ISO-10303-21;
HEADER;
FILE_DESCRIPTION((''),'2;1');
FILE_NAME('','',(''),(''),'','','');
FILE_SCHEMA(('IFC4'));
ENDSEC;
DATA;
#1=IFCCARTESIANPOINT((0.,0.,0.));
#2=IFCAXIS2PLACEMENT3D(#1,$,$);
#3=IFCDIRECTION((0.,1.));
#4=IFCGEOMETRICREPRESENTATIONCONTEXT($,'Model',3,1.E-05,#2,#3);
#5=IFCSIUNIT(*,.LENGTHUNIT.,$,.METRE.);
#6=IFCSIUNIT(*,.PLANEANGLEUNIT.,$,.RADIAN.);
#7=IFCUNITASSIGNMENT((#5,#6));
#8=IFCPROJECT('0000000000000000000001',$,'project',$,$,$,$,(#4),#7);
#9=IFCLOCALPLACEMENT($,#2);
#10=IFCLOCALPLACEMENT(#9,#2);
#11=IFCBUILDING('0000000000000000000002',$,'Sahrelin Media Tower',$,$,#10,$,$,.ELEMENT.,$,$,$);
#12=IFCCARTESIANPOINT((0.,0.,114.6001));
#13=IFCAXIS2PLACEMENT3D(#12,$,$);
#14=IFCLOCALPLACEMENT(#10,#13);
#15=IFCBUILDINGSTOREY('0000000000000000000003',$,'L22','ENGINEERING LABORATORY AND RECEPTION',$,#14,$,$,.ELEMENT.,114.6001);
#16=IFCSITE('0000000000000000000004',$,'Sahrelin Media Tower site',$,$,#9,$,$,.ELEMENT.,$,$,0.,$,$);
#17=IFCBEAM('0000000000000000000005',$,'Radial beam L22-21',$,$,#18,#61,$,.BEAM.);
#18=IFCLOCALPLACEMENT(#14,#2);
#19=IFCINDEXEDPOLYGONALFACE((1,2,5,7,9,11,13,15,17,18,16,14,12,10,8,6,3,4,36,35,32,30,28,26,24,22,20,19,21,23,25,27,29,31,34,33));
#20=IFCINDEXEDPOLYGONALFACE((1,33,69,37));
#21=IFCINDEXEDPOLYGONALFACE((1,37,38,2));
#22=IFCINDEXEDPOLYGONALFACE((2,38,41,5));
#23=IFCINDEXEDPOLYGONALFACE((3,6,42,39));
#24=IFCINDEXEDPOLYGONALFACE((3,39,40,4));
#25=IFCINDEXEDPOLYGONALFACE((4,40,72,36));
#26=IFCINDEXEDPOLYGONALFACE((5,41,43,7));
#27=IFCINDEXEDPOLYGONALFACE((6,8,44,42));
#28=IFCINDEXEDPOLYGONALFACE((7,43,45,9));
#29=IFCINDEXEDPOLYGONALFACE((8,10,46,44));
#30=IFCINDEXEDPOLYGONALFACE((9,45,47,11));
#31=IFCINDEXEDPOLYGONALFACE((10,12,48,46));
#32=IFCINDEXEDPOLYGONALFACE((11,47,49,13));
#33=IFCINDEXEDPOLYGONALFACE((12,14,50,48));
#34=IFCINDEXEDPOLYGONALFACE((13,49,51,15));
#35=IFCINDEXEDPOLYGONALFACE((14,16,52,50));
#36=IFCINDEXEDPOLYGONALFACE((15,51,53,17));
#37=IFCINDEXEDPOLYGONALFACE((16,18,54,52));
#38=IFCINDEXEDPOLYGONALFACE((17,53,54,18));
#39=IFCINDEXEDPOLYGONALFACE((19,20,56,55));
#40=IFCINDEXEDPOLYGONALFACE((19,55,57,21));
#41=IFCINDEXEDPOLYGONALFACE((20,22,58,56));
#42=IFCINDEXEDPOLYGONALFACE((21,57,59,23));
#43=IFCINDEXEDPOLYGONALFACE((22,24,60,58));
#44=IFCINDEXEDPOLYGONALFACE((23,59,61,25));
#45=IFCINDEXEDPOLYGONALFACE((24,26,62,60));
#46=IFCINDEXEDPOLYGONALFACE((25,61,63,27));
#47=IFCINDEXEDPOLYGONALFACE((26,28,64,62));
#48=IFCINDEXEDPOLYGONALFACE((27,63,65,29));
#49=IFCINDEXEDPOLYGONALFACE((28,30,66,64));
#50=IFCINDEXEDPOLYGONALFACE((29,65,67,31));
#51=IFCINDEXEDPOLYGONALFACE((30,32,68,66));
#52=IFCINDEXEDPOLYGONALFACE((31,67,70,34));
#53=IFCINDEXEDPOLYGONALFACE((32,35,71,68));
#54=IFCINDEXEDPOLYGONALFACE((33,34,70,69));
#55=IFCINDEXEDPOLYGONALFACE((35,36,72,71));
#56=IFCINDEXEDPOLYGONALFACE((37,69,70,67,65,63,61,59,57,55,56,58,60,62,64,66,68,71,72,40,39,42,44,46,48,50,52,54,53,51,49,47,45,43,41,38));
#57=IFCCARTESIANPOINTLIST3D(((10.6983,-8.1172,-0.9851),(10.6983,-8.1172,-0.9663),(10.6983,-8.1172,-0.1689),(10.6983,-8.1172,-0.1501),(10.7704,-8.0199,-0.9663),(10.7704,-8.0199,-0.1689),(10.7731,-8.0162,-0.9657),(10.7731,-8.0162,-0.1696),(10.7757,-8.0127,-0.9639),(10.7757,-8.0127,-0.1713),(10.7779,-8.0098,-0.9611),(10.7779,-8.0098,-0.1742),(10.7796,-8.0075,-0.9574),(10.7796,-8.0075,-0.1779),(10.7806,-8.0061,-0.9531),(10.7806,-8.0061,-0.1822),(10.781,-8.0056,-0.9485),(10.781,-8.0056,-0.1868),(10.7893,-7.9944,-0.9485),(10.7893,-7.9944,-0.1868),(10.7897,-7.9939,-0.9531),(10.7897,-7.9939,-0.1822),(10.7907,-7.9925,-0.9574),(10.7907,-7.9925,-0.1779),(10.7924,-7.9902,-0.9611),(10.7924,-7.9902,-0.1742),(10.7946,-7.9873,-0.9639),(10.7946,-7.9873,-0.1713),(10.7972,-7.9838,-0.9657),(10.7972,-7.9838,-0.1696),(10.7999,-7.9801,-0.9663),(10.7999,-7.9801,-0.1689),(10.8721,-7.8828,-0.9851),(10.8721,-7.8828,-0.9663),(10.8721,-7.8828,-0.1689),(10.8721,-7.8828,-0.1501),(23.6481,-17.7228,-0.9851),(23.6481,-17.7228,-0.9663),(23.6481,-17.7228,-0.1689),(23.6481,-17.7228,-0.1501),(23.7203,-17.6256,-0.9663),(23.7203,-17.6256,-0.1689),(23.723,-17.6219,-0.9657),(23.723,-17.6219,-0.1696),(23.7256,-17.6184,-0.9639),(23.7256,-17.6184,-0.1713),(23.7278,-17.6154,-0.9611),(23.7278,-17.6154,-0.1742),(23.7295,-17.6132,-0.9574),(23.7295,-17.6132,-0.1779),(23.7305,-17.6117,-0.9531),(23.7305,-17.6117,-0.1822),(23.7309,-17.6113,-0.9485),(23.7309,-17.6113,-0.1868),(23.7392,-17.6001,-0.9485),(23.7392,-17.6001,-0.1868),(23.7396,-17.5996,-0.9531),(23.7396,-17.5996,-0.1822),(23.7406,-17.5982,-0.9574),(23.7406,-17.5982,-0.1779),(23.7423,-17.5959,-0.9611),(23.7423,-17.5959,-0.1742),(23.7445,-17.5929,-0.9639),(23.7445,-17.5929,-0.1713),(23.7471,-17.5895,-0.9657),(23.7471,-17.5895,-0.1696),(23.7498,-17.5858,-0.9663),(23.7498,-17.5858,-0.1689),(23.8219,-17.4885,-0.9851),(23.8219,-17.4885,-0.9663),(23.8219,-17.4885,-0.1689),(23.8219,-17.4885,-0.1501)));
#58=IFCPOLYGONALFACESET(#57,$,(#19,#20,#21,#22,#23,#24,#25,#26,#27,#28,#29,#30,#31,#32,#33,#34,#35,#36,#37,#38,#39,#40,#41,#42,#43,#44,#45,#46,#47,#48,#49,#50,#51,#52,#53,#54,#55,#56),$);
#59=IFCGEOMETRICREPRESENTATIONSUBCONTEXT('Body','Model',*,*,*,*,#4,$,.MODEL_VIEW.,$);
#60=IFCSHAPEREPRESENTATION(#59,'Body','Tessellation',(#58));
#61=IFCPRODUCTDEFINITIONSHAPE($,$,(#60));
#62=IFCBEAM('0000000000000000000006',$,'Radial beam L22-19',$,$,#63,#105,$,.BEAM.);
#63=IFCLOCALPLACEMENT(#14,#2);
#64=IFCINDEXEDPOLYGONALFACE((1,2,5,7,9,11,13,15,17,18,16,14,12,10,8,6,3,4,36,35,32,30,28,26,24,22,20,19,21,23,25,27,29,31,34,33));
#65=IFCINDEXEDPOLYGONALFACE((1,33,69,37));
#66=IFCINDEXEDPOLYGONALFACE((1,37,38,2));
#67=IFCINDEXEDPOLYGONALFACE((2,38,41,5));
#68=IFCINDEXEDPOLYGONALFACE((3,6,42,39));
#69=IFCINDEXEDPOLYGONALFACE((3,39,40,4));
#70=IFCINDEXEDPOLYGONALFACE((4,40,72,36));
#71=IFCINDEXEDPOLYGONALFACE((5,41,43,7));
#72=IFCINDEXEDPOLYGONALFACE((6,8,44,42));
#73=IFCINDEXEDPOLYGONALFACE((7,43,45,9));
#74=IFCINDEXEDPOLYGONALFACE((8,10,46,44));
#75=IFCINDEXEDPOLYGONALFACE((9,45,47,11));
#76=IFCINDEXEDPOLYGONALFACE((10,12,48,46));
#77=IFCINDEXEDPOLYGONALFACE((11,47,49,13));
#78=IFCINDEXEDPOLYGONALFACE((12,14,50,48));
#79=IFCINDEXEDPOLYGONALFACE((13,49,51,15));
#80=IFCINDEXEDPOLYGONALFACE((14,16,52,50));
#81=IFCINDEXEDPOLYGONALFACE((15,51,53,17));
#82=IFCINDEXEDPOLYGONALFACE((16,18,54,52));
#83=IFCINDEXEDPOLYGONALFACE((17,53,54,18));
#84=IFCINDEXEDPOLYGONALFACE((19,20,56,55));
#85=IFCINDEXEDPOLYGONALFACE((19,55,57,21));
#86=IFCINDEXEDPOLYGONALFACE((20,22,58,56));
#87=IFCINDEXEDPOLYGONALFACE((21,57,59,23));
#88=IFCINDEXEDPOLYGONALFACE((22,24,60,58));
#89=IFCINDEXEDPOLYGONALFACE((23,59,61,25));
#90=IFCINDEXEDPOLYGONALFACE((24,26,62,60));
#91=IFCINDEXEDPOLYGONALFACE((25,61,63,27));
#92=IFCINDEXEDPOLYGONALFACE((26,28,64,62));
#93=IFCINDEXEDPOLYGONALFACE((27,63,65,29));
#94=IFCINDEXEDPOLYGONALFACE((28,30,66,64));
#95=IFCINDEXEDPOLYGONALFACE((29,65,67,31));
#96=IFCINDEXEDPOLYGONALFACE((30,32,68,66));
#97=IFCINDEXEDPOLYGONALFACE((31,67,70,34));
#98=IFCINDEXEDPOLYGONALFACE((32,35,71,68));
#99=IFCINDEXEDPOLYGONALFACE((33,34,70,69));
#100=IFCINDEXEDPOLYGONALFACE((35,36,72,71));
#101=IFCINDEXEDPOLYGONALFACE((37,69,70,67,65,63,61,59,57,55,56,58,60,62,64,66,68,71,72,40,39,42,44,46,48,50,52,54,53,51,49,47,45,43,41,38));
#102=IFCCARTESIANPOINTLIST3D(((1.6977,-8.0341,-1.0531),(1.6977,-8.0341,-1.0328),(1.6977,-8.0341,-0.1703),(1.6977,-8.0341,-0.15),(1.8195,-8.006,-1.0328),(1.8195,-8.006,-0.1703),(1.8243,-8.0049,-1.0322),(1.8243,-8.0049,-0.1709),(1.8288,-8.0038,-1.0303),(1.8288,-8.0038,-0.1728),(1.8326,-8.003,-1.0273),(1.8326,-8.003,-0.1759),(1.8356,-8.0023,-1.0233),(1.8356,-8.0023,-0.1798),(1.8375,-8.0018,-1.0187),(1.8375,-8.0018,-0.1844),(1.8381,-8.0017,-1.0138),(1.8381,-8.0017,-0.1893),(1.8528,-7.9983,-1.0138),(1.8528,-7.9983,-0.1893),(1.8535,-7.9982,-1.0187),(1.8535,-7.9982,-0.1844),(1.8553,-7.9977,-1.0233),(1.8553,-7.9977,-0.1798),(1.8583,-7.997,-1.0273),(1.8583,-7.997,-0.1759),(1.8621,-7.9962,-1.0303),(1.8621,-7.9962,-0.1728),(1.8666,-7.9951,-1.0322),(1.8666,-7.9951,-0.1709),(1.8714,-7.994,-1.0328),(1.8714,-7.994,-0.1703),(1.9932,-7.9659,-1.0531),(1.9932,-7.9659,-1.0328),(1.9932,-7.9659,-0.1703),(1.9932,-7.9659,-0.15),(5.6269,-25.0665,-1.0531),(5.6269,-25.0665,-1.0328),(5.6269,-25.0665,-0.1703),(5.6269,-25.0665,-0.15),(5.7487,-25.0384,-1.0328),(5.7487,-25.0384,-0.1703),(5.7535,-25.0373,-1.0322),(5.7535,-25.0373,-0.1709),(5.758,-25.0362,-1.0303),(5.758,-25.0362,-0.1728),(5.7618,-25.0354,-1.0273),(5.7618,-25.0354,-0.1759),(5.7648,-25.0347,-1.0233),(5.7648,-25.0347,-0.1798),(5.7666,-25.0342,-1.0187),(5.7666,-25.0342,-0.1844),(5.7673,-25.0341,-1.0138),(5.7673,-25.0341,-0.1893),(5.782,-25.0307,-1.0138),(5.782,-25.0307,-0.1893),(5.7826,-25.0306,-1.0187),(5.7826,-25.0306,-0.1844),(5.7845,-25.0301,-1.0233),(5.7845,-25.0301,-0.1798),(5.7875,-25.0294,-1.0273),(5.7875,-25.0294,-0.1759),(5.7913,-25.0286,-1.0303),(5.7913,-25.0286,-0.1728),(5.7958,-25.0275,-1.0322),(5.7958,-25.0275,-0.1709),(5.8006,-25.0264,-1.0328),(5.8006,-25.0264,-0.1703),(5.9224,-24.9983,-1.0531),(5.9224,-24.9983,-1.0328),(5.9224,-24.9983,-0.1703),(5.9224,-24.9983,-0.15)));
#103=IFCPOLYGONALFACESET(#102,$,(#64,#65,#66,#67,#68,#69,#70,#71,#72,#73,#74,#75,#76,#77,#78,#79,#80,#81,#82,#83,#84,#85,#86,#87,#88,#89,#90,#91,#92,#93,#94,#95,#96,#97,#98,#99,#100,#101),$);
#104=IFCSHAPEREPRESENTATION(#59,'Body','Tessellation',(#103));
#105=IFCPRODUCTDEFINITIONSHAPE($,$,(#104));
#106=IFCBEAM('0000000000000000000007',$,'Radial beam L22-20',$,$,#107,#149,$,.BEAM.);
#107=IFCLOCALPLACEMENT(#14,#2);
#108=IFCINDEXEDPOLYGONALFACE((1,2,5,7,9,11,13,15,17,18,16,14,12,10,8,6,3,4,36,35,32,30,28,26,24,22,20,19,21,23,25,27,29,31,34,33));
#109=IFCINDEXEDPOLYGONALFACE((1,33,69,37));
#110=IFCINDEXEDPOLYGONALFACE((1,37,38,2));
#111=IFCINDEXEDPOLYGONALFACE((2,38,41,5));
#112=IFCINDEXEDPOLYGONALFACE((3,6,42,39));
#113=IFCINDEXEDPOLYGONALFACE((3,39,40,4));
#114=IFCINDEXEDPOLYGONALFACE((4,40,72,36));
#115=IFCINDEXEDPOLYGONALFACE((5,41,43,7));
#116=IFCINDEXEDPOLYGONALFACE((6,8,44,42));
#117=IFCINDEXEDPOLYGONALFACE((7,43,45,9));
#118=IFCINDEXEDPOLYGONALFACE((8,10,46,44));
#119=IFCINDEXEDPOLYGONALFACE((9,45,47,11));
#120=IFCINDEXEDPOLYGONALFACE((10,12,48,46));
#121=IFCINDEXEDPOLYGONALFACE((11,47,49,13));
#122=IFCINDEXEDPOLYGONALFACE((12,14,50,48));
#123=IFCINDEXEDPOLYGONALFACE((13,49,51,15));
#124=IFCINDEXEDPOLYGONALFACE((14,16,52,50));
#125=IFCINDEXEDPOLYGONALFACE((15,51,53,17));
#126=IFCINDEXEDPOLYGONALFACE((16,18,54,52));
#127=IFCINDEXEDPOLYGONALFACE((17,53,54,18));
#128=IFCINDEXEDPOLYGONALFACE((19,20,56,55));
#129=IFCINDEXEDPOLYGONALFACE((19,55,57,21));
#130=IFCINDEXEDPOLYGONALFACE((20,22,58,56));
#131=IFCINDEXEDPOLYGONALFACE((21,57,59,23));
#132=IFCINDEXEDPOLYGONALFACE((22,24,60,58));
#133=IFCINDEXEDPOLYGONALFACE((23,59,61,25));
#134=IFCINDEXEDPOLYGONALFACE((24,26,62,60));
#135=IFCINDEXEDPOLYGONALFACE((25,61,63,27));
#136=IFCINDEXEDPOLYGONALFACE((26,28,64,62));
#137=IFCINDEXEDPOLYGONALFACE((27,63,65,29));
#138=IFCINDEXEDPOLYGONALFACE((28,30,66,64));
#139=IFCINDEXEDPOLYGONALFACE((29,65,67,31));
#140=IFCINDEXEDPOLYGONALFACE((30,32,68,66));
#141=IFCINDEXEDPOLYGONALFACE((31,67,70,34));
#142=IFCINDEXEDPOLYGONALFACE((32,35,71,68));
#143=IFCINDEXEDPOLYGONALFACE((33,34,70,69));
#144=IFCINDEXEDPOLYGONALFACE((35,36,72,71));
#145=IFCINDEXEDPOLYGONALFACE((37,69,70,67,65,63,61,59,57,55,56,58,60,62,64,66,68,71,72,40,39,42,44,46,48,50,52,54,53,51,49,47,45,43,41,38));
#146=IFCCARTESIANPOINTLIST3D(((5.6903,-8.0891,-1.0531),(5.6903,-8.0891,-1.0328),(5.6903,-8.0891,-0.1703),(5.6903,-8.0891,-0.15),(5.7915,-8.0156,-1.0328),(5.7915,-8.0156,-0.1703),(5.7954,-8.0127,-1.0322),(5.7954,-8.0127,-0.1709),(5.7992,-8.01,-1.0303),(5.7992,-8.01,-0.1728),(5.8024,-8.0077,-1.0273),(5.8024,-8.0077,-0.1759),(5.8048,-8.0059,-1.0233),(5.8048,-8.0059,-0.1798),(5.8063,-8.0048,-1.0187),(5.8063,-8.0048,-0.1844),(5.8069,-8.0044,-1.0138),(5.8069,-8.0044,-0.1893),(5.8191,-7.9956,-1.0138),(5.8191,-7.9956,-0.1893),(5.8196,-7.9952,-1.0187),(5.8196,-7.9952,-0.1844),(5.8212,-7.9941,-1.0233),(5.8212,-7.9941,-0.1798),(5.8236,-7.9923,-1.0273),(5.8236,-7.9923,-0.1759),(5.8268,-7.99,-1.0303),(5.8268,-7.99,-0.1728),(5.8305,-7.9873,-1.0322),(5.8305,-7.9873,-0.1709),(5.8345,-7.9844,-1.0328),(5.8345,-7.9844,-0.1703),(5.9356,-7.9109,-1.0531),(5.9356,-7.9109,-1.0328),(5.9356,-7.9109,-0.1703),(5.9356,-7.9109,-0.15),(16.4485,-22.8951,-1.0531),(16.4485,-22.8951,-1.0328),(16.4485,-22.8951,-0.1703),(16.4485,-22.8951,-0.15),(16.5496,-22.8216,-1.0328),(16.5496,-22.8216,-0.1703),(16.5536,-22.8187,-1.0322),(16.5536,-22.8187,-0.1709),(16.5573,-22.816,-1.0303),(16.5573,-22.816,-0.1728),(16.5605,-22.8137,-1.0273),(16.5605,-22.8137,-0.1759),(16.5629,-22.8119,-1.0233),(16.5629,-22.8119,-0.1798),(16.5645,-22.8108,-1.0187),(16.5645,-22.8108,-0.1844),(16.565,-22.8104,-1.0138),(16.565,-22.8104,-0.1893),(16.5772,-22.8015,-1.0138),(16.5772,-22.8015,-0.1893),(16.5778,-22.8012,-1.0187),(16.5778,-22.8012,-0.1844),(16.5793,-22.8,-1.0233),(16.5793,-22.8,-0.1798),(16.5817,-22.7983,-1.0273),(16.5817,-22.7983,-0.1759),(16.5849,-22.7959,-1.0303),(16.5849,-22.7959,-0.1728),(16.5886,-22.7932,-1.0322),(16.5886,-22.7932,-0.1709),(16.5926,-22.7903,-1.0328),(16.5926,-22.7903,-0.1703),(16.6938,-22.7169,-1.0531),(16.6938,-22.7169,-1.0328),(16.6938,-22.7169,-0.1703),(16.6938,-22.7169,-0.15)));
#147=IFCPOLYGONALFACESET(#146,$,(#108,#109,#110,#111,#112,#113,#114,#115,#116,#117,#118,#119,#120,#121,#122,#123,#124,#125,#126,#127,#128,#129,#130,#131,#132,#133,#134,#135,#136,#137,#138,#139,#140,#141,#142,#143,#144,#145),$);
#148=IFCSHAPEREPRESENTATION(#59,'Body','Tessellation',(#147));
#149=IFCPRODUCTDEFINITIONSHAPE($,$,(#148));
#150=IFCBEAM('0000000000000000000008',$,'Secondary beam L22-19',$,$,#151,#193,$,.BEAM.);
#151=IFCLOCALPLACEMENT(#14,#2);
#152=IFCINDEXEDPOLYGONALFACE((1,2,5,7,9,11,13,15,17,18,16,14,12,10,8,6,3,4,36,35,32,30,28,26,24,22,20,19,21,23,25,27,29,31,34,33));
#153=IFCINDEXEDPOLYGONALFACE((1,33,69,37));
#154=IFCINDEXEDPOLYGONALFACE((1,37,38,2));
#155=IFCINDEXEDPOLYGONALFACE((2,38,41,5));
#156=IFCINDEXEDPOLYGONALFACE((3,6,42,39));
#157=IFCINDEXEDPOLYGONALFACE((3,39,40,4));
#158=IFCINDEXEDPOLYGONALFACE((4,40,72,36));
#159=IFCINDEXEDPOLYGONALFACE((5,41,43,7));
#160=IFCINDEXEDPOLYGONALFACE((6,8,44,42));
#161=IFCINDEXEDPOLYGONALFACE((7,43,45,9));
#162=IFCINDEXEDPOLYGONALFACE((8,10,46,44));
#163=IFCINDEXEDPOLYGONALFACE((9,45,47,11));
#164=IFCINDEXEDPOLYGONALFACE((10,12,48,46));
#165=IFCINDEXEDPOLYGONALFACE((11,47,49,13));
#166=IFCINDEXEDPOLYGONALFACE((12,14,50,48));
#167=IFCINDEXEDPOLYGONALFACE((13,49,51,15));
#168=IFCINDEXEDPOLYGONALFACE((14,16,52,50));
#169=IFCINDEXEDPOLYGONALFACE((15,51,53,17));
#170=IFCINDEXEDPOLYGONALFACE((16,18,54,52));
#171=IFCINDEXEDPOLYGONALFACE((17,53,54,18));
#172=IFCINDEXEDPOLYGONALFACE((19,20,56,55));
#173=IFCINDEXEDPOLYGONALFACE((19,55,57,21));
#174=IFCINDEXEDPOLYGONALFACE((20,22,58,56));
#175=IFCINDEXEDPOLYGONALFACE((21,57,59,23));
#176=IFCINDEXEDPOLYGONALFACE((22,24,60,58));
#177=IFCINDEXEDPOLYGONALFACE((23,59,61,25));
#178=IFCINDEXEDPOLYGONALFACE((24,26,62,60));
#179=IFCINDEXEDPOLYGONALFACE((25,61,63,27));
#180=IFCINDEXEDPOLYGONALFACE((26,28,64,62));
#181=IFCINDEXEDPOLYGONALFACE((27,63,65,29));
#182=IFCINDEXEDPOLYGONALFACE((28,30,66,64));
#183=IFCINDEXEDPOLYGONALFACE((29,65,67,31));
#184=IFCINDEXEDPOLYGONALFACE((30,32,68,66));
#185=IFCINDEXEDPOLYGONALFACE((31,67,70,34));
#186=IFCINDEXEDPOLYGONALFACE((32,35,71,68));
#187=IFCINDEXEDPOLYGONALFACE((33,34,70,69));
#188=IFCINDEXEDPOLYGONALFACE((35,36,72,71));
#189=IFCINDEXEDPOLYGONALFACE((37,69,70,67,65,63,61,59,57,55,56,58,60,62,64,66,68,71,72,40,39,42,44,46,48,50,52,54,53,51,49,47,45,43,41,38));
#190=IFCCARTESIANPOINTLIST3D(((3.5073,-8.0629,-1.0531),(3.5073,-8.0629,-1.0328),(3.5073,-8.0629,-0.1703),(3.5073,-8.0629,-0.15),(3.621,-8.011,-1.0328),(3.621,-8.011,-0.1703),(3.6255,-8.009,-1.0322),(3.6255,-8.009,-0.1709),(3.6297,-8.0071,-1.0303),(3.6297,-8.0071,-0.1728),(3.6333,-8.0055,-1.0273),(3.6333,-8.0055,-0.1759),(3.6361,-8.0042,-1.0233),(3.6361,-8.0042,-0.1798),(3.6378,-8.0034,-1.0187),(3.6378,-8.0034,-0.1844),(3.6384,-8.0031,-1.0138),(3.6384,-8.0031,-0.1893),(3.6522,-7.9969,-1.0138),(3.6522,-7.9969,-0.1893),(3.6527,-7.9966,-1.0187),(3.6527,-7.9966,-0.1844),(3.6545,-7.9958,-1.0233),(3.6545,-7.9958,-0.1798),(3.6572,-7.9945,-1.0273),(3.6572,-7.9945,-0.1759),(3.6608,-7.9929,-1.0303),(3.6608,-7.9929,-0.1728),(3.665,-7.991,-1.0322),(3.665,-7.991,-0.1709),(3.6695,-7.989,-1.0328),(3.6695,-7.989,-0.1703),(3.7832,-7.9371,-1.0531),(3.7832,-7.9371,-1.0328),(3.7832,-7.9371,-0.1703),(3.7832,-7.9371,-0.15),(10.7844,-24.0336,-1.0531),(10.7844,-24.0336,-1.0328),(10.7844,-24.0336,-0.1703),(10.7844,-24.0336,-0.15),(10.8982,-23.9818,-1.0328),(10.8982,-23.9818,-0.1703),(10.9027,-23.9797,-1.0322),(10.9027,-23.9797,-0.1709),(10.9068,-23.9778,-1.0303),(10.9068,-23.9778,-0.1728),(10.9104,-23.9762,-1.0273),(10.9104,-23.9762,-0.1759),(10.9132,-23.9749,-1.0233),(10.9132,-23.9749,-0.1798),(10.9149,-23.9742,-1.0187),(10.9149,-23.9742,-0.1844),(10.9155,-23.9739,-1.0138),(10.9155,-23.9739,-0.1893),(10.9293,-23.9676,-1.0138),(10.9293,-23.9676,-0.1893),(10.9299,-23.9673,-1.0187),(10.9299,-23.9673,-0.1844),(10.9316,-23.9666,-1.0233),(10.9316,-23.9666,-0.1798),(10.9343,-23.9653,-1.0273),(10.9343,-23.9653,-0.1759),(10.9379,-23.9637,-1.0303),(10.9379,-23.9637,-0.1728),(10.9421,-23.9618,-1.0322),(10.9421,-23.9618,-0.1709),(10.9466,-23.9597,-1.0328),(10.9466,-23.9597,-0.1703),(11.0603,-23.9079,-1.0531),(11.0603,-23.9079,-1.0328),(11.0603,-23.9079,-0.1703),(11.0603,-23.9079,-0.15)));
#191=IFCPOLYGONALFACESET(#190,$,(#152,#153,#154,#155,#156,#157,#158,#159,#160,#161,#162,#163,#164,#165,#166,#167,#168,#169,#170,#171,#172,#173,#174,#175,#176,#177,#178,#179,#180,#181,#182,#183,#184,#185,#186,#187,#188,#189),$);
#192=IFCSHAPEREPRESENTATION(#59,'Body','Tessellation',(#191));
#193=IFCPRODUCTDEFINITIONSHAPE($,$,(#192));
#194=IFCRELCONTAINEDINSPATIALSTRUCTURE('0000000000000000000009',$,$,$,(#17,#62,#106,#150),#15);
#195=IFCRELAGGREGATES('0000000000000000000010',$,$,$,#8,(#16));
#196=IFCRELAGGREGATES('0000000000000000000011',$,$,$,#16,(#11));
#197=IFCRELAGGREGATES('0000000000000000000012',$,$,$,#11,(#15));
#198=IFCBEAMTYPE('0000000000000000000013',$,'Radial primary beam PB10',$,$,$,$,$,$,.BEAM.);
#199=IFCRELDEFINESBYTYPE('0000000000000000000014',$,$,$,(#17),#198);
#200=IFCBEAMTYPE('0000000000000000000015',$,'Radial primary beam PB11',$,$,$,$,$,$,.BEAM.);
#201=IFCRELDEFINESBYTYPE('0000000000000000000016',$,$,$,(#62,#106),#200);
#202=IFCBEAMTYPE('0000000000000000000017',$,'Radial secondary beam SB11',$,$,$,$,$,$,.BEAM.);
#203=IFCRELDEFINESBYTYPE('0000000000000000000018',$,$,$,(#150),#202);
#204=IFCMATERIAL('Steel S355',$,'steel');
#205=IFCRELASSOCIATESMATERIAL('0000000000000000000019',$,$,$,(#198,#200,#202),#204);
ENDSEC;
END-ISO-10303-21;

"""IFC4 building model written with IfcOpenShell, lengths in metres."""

from ifc_helpers import new_model, si_unit, direction, frame, origin, origin_2d, place, context, subcontext, project, spatial, i_section, extrude, material, material_profile, profile_set, type_object, element, save


model = new_model("IFC4")

# Units and contexts
model_context = context("Model", 3, precision=1e-05, world=origin(), true_north=direction((0.0, 1.0)))
body_context = subcontext(model_context, "Body", "Model", "MODEL_VIEW")
ifc_project = project(units=[si_unit("LENGTHUNIT", "METRE"), si_unit("PLANEANGLEUNIT", "RADIAN")], contexts=[model_context])

# Site, building, storey
site_placement = place(None, origin())
site = spatial("IfcSite", under=ifc_project, at=site_placement, Name="Sahrelin Media Tower site", CompositionType="ELEMENT", RefElevation=0.0)
building_placement = place(site_placement, origin())
building = spatial("IfcBuilding", under=site, at=building_placement, Name="Sahrelin Media Tower", CompositionType="ELEMENT")
storey_placement = place(building_placement, frame((0.0, 0.0, 114.6001)))
storey = spatial("IfcBuildingStorey", under=building, at=storey_placement, Name="L22", Description="ENGINEERING LABORATORY AND RECEPTION", CompositionType="ELEMENT", Elevation=114.6001)

# Shared definitions
ifc_material_1 = material(Name="Steel S355", Category="steel")

# Beams
ifc_material_profile_1 = material_profile(ifc_material_1, i_section(OverallWidth=0.2917, OverallDepth=0.835, WebThickness=0.0139, FlangeThickness=0.0188, FilletRadius=0.0178, at=origin_2d()), Name="UB 838x292x176")
ifc_profile_set_1 = profile_set([ifc_material_profile_1], Name="Steel S355")
beam_type_1 = type_object("IfcBeamType", Name="Radial primary beam PB10", PredefinedType="BEAM", material=ifc_profile_set_1)
beam_1_placement = place(storey_placement, frame((10.7852, -8.0, -0.5676), z_axis=(0.803167, -0.595754, 0.0), x_axis=(0.595754, 0.803167, 0.0)))
element("IfcBeam", 1, at=beam_1_placement, inside=storey, type_object=beam_type_1, Name="Radial beam L22-21", PredefinedType="BEAM", context=body_context, shape_type="SweptSolid", body=[
    extrude(i_section(OverallWidth=0.2917, OverallDepth=0.835, WebThickness=0.0139, FlangeThickness=0.0188, FilletRadius=0.0178, at=origin_2d()), origin(), (0.0, 0.0, 1.0), 16.1235),
])
ifc_material_profile_2 = material_profile(ifc_material_1, i_section(OverallWidth=0.3032, OverallDepth=0.9031, WebThickness=0.0151, FlangeThickness=0.0203, FilletRadius=0.019, at=origin_2d()), Name="UB 914x305x201")
ifc_profile_set_2 = profile_set([ifc_material_profile_2], Name="Steel S355")
beam_type_2 = type_object("IfcBeamType", Name="Radial primary beam PB11", PredefinedType="BEAM", material=ifc_profile_set_2)
beam_2_placement = place(storey_placement, frame((1.8455, -8.0, -0.6016), z_axis=(0.224785, -0.974408, 0.0), x_axis=(0.974408, 0.224785, 0.0)))
element("IfcBeam", 2, at=beam_2_placement, inside=storey, type_object=beam_type_2, Name="Radial beam L22-19", PredefinedType="BEAM", context=body_context, shape_type="SweptSolid", body=[
    extrude(i_section(OverallWidth=0.3032, OverallDepth=0.9031, WebThickness=0.0151, FlangeThickness=0.0203, FilletRadius=0.019, at=origin_2d()), origin(), (0.0, 0.0, 1.0), 17.4797),
])
beam_3_placement = place(storey_placement, frame((5.813, -8.0, -0.6016), z_axis=(0.587819, -0.808993, 0.0), x_axis=(0.808993, 0.587819, 0.0)))
element("IfcBeam", 3, at=beam_3_placement, inside=storey, type_object=beam_type_2, Name="Radial beam L22-20", PredefinedType="BEAM", context=body_context, shape_type="SweptSolid", body=[
    extrude(i_section(OverallWidth=0.3032, OverallDepth=0.9031, WebThickness=0.0151, FlangeThickness=0.0203, FilletRadius=0.019, at=origin_2d()), origin(), (0.0, 0.0, 1.0), 18.3018),
])
ifc_material_profile_3 = material_profile(ifc_material_1, i_section(OverallWidth=0.3032, OverallDepth=0.9031, WebThickness=0.0151, FlangeThickness=0.0203, FilletRadius=0.019, at=origin_2d()), Name="UB 914x305x201")
ifc_profile_set_3 = profile_set([ifc_material_profile_3], Name="Steel S355")
beam_type_3 = type_object("IfcBeamType", Name="Radial secondary beam SB11", PredefinedType="BEAM", material=ifc_profile_set_3)
beam_4_placement = place(storey_placement, frame((3.6453, -8.0, -0.6016), z_axis=(0.414638, -0.909986, 0.0), x_axis=(0.909986, 0.414638, 0.0)))
element("IfcBeam", 4, at=beam_4_placement, inside=storey, type_object=beam_type_3, Name="Secondary beam L22-19", PredefinedType="BEAM", context=body_context, shape_type="SweptSolid", body=[
    extrude(i_section(OverallWidth=0.3032, OverallDepth=0.9031, WebThickness=0.0151, FlangeThickness=0.0203, FilletRadius=0.019, at=origin_2d()), origin(), (0.0, 0.0, 1.0), 17.5505),
])

save(model, "model.ifc")
